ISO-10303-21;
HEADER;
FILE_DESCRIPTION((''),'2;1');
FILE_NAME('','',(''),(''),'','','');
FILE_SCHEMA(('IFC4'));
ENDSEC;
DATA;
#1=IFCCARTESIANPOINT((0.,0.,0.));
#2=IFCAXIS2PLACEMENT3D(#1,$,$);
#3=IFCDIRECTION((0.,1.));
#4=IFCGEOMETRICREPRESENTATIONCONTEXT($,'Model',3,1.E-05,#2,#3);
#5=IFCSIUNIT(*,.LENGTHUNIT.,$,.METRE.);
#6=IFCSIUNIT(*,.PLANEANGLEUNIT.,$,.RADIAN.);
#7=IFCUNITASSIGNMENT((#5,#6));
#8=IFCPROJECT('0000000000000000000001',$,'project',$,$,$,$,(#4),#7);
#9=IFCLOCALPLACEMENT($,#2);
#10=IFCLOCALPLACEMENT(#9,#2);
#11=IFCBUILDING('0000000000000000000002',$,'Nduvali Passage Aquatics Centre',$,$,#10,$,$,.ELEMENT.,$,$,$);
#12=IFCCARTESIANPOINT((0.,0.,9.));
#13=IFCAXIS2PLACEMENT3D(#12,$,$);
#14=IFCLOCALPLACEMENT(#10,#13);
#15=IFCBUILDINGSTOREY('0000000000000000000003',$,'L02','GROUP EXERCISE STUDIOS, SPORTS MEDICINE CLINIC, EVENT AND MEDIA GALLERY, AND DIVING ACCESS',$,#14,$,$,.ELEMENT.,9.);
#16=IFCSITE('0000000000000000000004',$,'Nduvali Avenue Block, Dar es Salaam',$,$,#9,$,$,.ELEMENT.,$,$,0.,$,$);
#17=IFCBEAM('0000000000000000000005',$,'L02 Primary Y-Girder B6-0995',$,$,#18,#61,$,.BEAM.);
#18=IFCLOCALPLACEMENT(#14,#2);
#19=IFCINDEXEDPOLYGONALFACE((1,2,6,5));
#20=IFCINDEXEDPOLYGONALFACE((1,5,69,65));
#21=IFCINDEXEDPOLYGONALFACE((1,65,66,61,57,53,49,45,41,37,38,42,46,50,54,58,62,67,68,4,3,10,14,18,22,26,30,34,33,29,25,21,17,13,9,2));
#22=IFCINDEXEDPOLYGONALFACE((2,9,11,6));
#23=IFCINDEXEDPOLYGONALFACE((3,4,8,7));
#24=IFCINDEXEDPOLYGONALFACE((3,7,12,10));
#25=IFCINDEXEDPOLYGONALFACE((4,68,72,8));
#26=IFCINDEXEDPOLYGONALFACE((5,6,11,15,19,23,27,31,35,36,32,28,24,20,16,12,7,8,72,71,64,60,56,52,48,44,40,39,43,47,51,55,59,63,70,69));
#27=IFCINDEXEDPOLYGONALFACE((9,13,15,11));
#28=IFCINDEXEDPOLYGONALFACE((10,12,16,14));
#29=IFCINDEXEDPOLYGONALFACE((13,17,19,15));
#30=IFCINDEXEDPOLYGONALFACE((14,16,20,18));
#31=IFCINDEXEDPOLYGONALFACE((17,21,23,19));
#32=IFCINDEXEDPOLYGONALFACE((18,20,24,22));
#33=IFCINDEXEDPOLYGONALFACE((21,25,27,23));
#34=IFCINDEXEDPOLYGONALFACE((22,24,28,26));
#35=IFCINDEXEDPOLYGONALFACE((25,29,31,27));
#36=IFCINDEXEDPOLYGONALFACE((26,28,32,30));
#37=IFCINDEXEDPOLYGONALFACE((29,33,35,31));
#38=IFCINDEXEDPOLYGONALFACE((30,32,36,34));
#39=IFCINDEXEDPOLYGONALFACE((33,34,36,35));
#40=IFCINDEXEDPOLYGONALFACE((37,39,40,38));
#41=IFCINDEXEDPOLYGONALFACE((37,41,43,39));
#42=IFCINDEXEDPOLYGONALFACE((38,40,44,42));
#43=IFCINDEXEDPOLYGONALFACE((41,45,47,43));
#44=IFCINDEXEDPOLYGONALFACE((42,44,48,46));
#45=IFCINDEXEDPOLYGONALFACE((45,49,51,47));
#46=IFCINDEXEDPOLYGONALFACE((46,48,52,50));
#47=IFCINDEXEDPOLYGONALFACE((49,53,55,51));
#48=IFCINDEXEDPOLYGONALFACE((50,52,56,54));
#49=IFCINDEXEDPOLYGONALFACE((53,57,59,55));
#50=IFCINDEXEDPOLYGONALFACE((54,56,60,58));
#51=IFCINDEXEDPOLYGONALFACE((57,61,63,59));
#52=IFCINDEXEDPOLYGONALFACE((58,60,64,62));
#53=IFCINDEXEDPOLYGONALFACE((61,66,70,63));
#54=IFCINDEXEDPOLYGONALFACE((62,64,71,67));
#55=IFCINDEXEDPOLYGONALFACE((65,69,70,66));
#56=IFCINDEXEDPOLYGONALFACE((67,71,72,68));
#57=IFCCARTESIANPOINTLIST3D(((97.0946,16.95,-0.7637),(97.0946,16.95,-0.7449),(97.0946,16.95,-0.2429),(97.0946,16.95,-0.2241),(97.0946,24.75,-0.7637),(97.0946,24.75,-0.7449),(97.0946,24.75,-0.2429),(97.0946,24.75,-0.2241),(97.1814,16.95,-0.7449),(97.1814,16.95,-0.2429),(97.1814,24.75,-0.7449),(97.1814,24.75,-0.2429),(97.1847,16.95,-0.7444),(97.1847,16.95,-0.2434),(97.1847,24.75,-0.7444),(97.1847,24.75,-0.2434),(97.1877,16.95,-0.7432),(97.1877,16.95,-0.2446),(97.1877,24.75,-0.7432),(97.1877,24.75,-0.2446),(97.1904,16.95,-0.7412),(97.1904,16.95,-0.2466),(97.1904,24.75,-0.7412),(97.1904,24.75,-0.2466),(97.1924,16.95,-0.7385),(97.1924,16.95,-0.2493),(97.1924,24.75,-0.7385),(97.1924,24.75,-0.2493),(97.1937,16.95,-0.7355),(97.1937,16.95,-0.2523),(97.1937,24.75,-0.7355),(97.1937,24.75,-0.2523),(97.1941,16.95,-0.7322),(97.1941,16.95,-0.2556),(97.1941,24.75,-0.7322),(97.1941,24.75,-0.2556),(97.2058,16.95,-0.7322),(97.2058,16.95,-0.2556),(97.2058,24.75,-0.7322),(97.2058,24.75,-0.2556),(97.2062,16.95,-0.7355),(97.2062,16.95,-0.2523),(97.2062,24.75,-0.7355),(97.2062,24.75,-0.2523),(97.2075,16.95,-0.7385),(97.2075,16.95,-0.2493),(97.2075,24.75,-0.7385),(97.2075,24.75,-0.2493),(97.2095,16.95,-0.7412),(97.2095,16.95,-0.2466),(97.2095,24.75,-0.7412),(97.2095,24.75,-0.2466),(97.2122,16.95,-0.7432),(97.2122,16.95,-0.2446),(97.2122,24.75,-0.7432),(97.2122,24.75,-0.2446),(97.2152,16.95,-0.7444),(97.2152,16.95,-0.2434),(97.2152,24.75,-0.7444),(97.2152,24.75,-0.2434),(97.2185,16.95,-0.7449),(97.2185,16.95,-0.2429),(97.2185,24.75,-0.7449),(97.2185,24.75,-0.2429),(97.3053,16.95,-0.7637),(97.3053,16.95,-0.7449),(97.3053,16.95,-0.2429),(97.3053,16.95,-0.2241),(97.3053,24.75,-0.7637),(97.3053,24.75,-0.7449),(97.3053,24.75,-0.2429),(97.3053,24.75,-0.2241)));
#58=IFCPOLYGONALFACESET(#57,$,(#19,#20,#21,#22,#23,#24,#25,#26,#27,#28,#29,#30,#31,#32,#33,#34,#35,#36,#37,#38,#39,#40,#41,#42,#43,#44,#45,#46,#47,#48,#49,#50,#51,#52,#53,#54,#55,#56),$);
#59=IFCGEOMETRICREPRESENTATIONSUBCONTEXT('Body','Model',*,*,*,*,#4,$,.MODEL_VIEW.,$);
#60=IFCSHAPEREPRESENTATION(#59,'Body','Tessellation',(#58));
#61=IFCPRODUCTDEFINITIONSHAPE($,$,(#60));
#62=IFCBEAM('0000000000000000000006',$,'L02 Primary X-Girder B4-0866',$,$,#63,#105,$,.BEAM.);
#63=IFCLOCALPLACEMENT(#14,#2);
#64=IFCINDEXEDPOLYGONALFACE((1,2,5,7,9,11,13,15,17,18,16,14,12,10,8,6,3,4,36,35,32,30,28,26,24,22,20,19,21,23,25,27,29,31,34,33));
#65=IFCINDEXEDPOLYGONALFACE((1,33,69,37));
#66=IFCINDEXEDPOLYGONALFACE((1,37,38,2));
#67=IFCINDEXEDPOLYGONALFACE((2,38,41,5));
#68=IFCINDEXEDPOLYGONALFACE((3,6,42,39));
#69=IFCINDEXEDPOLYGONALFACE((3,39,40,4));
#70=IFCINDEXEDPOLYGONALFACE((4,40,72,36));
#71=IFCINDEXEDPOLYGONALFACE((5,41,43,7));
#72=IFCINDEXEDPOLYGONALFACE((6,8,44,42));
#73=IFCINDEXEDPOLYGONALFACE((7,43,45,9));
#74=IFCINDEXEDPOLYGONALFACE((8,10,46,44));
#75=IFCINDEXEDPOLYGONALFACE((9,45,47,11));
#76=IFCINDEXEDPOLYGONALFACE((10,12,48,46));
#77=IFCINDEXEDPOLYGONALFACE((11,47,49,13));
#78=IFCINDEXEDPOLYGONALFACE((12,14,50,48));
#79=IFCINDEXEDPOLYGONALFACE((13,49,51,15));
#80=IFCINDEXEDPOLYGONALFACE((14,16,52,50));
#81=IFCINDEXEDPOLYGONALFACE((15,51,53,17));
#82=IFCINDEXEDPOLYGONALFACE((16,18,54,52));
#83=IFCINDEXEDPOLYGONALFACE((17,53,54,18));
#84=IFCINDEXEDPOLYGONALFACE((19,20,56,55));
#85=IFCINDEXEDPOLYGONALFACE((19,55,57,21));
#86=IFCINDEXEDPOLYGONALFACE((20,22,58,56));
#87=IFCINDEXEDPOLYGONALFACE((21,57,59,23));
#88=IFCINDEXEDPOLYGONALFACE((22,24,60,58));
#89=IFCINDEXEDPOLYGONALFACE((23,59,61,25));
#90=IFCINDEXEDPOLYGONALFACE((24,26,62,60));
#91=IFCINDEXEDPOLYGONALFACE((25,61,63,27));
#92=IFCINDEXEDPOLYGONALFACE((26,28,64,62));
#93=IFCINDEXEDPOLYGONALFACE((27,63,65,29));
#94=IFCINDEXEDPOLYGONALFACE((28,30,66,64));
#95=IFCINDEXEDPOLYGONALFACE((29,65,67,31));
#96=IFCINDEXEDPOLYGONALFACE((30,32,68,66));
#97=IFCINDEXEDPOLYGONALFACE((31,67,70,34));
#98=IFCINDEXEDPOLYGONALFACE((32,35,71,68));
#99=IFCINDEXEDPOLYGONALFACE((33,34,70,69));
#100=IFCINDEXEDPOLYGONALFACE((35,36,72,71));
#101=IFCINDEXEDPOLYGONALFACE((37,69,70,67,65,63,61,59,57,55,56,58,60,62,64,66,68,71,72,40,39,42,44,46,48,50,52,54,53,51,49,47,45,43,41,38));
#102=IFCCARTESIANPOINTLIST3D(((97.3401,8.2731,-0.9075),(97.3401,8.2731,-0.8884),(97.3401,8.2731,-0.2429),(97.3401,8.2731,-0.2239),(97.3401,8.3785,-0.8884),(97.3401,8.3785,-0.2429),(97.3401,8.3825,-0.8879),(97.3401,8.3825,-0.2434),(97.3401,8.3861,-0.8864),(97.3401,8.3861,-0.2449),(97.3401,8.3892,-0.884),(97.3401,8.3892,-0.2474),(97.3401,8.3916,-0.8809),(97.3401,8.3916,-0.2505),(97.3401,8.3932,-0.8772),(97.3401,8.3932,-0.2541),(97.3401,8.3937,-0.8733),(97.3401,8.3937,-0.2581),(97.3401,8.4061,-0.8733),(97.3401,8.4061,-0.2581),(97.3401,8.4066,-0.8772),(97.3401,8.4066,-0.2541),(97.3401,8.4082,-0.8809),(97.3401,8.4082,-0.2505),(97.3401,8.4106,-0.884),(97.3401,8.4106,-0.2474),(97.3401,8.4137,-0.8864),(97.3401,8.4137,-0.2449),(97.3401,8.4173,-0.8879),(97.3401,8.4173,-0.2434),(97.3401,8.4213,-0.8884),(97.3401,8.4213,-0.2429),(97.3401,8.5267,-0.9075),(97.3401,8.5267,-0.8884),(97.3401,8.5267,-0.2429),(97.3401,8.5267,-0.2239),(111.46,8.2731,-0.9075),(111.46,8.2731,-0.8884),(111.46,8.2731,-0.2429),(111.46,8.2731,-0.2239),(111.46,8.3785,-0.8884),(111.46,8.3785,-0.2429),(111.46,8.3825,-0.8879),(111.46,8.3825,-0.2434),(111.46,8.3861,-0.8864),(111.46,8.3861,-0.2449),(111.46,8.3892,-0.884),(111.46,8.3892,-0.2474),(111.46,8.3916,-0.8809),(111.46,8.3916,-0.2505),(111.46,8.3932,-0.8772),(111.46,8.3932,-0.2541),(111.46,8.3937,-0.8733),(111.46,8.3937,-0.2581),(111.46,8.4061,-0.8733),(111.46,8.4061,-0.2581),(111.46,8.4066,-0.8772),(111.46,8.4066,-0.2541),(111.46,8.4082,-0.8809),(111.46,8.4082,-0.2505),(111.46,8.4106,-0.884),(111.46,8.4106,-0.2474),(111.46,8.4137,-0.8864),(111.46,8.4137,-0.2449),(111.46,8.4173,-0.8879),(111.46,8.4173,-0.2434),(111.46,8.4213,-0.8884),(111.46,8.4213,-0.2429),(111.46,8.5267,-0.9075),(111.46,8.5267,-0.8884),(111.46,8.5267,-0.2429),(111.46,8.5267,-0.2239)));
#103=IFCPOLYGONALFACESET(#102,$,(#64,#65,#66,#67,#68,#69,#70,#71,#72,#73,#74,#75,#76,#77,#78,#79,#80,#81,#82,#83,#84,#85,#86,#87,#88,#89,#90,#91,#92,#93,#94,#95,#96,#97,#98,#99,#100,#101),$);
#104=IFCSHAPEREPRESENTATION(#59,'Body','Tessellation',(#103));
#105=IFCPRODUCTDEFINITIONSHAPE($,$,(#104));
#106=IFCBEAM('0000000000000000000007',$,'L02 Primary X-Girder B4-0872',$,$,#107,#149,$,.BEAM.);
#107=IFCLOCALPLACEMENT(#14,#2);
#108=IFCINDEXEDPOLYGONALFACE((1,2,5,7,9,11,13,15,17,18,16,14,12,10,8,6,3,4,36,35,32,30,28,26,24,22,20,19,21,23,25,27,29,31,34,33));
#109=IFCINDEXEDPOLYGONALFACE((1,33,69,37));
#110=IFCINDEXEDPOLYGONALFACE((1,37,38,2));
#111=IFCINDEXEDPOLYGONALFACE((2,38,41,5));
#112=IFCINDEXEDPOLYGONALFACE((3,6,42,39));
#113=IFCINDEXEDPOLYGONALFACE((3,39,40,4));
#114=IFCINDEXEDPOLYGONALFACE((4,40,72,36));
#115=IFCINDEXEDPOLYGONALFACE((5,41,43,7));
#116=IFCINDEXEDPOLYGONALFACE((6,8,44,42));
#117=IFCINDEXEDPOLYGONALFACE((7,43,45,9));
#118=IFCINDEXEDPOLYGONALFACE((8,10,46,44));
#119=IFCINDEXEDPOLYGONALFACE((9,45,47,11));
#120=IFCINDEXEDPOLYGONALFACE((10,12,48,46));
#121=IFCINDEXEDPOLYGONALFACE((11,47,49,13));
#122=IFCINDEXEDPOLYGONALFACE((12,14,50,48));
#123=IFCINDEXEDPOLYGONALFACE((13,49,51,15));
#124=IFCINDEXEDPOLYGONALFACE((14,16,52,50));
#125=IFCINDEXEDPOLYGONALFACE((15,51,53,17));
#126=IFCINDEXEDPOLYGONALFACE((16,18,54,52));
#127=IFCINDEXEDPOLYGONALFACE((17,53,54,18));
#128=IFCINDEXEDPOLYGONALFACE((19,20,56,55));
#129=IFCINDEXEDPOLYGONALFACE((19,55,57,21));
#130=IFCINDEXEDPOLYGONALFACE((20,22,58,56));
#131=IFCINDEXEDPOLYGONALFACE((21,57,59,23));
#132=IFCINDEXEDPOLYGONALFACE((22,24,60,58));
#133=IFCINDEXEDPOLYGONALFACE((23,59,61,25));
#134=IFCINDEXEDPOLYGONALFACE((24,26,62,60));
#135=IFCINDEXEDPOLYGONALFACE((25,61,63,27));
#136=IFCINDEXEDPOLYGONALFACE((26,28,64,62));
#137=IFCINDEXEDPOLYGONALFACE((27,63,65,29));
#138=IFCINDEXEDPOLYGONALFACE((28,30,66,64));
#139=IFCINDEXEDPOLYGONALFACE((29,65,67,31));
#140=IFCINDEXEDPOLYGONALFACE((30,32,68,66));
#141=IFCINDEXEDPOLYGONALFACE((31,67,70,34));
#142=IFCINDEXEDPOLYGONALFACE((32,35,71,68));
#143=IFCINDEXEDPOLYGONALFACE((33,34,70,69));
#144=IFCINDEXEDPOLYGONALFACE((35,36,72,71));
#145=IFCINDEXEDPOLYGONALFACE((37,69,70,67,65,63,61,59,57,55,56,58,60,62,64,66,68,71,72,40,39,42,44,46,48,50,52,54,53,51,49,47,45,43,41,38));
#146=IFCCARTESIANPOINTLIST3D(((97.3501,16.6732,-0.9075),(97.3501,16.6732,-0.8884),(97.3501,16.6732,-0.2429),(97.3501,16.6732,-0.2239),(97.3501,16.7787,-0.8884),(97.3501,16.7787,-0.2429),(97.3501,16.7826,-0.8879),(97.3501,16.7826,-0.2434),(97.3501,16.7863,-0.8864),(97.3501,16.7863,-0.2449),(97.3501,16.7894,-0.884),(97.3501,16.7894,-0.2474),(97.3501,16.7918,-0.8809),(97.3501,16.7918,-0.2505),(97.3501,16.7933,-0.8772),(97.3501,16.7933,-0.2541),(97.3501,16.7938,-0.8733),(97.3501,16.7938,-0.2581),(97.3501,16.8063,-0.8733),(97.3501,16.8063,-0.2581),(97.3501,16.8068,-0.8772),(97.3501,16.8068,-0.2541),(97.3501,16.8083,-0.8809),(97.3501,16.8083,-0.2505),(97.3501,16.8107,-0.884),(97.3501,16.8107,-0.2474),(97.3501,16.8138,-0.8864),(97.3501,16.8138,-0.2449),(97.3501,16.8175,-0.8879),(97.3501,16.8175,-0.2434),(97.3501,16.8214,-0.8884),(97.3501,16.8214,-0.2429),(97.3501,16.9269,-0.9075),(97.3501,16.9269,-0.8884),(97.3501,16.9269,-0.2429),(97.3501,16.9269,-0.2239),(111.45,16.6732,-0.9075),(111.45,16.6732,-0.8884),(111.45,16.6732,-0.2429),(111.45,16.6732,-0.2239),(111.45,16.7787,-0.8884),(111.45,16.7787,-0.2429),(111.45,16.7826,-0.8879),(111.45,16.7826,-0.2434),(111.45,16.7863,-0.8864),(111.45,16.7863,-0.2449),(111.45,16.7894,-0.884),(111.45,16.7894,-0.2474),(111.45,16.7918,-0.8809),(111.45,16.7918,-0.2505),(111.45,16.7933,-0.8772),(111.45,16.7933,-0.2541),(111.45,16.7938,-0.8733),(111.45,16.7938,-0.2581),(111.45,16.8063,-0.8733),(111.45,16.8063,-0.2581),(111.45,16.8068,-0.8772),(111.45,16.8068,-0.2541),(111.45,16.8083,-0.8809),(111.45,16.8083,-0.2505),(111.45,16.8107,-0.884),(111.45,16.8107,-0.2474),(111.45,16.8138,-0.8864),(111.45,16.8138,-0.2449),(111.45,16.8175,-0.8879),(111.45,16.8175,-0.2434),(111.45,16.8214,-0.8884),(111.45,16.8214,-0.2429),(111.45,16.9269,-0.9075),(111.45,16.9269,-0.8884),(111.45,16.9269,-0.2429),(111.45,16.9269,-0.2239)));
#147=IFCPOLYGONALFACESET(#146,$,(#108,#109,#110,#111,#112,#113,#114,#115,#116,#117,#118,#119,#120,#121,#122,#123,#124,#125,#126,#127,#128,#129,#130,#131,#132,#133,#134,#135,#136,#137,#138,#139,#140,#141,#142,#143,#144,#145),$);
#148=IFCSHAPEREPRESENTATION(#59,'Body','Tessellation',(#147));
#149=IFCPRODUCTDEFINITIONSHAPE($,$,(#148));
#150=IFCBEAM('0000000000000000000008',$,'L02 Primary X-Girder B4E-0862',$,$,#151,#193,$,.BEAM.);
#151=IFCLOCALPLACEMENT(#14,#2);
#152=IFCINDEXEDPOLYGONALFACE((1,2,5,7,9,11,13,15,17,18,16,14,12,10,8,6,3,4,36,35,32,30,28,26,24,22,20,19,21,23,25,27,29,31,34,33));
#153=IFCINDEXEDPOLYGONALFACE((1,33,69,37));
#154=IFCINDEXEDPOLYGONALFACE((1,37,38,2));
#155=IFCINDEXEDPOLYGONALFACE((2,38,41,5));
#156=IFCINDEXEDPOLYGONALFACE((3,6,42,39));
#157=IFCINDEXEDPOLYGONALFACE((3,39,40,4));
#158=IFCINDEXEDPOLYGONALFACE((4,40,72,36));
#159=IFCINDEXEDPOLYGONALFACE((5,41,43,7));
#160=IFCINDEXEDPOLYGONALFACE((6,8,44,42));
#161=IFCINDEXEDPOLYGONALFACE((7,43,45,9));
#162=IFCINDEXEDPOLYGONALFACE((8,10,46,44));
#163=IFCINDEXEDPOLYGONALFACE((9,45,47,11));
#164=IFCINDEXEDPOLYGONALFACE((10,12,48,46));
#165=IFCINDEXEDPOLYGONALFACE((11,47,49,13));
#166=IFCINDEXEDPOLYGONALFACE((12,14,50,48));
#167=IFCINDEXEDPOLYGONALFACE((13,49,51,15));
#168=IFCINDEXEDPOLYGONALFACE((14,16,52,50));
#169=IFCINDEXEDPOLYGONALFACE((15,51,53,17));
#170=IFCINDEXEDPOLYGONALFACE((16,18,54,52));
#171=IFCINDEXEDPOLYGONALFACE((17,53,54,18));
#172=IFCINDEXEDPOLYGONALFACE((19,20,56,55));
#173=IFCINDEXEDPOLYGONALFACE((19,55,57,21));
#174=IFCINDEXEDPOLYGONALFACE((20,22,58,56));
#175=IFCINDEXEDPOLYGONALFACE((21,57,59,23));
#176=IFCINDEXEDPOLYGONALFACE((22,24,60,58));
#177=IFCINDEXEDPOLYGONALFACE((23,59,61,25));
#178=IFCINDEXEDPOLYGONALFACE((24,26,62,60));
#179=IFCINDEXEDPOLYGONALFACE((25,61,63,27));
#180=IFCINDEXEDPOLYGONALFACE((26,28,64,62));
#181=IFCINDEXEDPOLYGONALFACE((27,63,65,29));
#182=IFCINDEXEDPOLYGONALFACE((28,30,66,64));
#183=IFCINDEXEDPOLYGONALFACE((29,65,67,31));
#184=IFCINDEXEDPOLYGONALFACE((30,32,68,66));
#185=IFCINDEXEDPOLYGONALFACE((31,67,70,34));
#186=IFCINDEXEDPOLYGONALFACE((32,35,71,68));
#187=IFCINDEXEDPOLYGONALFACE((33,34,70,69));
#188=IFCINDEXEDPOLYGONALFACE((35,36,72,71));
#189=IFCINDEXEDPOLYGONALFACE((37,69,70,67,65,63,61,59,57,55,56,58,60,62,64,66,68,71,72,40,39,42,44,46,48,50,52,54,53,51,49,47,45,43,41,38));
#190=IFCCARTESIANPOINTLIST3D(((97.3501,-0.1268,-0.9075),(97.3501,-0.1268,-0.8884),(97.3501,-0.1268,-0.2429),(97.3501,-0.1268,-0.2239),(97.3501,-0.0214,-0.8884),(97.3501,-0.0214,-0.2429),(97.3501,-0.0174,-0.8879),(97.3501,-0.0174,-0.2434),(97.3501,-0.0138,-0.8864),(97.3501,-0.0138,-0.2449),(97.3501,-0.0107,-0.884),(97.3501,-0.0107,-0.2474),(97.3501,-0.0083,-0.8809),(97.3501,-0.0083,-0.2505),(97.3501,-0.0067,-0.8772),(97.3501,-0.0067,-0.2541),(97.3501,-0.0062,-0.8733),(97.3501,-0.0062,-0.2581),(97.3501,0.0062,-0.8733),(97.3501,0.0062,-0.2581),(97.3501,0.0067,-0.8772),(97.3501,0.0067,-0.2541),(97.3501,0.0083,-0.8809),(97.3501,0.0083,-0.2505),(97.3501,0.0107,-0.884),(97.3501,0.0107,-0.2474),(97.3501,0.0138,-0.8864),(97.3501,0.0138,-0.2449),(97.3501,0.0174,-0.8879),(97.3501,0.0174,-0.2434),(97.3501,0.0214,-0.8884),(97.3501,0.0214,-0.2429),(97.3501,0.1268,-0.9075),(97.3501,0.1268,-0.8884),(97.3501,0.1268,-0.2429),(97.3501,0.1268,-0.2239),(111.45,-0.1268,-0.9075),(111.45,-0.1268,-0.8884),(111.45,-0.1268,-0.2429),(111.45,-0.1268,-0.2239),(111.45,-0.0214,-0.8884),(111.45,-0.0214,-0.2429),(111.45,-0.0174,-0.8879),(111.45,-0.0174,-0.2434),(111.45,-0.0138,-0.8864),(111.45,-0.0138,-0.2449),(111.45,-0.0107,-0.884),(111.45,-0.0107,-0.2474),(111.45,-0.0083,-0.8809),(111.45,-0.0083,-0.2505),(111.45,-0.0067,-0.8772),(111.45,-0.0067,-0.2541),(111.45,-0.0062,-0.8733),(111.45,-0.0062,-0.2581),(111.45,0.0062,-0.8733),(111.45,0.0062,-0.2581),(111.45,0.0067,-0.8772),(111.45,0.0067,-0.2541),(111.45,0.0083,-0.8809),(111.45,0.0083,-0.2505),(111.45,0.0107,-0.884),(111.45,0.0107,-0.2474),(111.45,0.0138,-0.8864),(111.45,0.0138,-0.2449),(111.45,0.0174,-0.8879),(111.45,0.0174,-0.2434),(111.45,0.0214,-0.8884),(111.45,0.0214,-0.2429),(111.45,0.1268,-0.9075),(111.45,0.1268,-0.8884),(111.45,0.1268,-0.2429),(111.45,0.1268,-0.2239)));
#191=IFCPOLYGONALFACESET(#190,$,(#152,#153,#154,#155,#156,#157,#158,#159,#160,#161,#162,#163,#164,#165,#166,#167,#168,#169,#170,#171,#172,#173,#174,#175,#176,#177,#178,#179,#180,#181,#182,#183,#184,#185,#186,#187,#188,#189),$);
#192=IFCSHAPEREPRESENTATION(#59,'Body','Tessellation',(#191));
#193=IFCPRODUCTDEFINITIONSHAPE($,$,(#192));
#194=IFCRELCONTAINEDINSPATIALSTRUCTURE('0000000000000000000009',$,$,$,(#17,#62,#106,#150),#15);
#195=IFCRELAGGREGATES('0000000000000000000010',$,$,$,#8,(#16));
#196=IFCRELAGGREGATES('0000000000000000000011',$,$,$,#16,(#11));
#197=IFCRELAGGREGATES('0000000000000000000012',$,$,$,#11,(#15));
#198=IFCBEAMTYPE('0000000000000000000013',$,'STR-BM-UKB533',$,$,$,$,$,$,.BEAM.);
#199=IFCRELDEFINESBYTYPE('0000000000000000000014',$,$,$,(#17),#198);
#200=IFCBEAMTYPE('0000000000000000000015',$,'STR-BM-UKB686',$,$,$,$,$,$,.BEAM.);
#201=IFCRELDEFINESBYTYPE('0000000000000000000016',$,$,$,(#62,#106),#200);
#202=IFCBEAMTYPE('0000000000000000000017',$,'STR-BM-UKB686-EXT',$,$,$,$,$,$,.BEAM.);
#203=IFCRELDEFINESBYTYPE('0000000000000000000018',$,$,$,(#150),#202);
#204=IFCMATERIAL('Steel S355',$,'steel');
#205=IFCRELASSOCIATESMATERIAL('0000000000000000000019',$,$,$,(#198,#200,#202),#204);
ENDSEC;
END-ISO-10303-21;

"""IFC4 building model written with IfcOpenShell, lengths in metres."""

from ifc_helpers import new_model, si_unit, direction, frame, origin, origin_2d, place, context, subcontext, project, spatial, i_section, extrude, material, material_profile, profile_set, type_object, element, save


model = new_model("IFC4")

# Units and contexts
model_context = context("Model", 3, precision=1e-05, world=origin(), true_north=direction((0.0, 1.0)))
body_context = subcontext(model_context, "Body", "Model", "MODEL_VIEW")
ifc_project = project(units=[si_unit("LENGTHUNIT", "METRE"), si_unit("PLANEANGLEUNIT", "RADIAN")], contexts=[model_context])

# Site, building, storey
site_placement = place(None, origin())
site = spatial("IfcSite", under=ifc_project, at=site_placement, Name="Nduvali Avenue Block, Dar es Salaam", CompositionType="ELEMENT", RefElevation=0.0)
building_placement = place(site_placement, origin())
building = spatial("IfcBuilding", under=site, at=building_placement, Name="Nduvali Passage Aquatics Centre", CompositionType="ELEMENT")
storey_placement = place(building_placement, frame((0.0, 0.0, 9.0)))
storey = spatial("IfcBuildingStorey", under=building, at=storey_placement, Name="L02", Description="GROUP EXERCISE STUDIOS, SPORTS MEDICINE CLINIC, EVENT AND MEDIA GALLERY, AND DIVING ACCESS", CompositionType="ELEMENT", Elevation=9.0)

# Beams
ifc_material_1 = material(Name="Steel S355", Category="steel")
ifc_material_profile_1 = material_profile(ifc_material_1, i_section(OverallWidth=0.2107, OverallDepth=0.5396, WebThickness=0.0117, FlangeThickness=0.0188, FilletRadius=0.0127, at=origin_2d()), Name="UKB 533x210x109")
ifc_profile_set_1 = profile_set([ifc_material_profile_1], Name="Steel S355")
beam_type_1 = type_object("IfcBeamType", Name="STR-BM-UKB533", PredefinedType="BEAM", material=ifc_profile_set_1)
beam_1_placement = place(storey_placement, frame((97.2, 16.95, -0.4939), z_axis=(0.0, 1.0, 0.0), x_axis=(-1.0, 0.0, 0.0)))
element("IfcBeam", 1, at=beam_1_placement, inside=storey, type_object=beam_type_1, Name="L02 Primary Y-Girder B6-0995", PredefinedType="BEAM", context=body_context, shape_type="SweptSolid", body=[
    extrude(i_section(OverallWidth=0.2107, OverallDepth=0.5396, WebThickness=0.0117, FlangeThickness=0.0188, FilletRadius=0.0127, at=origin_2d()), origin(), (0.0, 0.0, 1.0), 7.8),
])
ifc_material_profile_2 = material_profile(ifc_material_1, i_section(OverallWidth=0.2537, OverallDepth=0.6836, WebThickness=0.0125, FlangeThickness=0.019, FilletRadius=0.0151, at=origin_2d()), Name="UKB 686x254x140")
ifc_profile_set_2 = profile_set([ifc_material_profile_2], Name="Steel S355")
beam_type_2 = type_object("IfcBeamType", Name="STR-BM-UKB686", PredefinedType="BEAM", material=ifc_profile_set_2)
beam_2_placement = place(storey_placement, frame((97.3401, 8.3999, -0.5657), z_axis=(1.0, 0.0, 0.0), x_axis=(0.0, 1.0, 0.0)))
element("IfcBeam", 2, at=beam_2_placement, inside=storey, type_object=beam_type_2, Name="L02 Primary X-Girder B4-0866", PredefinedType="BEAM", context=body_context, shape_type="SweptSolid", body=[
    extrude(i_section(OverallWidth=0.2537, OverallDepth=0.6836, WebThickness=0.0125, FlangeThickness=0.019, FilletRadius=0.0151, at=origin_2d()), origin(), (0.0, 0.0, 1.0), 14.1199),
])
beam_3_placement = place(storey_placement, frame((97.3501, 16.8, -0.5657), z_axis=(1.0, 0.0, 0.0), x_axis=(0.0, 1.0, 0.0)))
element("IfcBeam", 3, at=beam_3_placement, inside=storey, type_object=beam_type_2, Name="L02 Primary X-Girder B4-0872", PredefinedType="BEAM", context=body_context, shape_type="SweptSolid", body=[
    extrude(i_section(OverallWidth=0.2537, OverallDepth=0.6836, WebThickness=0.0125, FlangeThickness=0.019, FilletRadius=0.0151, at=origin_2d()), origin(), (0.0, 0.0, 1.0), 14.0999),
])
ifc_material_profile_3 = material_profile(ifc_material_1, i_section(OverallWidth=0.2537, OverallDepth=0.6836, WebThickness=0.0125, FlangeThickness=0.019, FilletRadius=0.0151, at=origin_2d()), Name="UKB 686x254x140")
ifc_profile_set_3 = profile_set([ifc_material_profile_3], Name="Steel S355")
beam_type_3 = type_object("IfcBeamType", Name="STR-BM-UKB686-EXT", PredefinedType="BEAM", material=ifc_profile_set_3)
beam_4_placement = place(storey_placement, frame((97.3501, 0.0, -0.5657), z_axis=(1.0, 0.0, 0.0), x_axis=(0.0, 1.0, 0.0)))
element("IfcBeam", 4, at=beam_4_placement, inside=storey, type_object=beam_type_3, Name="L02 Primary X-Girder B4E-0862", PredefinedType="BEAM", context=body_context, shape_type="SweptSolid", body=[
    extrude(i_section(OverallWidth=0.2537, OverallDepth=0.6836, WebThickness=0.0125, FlangeThickness=0.019, FilletRadius=0.0151, at=origin_2d()), origin(), (0.0, 0.0, 1.0), 14.0999),
])

save(model, "model.ifc")
